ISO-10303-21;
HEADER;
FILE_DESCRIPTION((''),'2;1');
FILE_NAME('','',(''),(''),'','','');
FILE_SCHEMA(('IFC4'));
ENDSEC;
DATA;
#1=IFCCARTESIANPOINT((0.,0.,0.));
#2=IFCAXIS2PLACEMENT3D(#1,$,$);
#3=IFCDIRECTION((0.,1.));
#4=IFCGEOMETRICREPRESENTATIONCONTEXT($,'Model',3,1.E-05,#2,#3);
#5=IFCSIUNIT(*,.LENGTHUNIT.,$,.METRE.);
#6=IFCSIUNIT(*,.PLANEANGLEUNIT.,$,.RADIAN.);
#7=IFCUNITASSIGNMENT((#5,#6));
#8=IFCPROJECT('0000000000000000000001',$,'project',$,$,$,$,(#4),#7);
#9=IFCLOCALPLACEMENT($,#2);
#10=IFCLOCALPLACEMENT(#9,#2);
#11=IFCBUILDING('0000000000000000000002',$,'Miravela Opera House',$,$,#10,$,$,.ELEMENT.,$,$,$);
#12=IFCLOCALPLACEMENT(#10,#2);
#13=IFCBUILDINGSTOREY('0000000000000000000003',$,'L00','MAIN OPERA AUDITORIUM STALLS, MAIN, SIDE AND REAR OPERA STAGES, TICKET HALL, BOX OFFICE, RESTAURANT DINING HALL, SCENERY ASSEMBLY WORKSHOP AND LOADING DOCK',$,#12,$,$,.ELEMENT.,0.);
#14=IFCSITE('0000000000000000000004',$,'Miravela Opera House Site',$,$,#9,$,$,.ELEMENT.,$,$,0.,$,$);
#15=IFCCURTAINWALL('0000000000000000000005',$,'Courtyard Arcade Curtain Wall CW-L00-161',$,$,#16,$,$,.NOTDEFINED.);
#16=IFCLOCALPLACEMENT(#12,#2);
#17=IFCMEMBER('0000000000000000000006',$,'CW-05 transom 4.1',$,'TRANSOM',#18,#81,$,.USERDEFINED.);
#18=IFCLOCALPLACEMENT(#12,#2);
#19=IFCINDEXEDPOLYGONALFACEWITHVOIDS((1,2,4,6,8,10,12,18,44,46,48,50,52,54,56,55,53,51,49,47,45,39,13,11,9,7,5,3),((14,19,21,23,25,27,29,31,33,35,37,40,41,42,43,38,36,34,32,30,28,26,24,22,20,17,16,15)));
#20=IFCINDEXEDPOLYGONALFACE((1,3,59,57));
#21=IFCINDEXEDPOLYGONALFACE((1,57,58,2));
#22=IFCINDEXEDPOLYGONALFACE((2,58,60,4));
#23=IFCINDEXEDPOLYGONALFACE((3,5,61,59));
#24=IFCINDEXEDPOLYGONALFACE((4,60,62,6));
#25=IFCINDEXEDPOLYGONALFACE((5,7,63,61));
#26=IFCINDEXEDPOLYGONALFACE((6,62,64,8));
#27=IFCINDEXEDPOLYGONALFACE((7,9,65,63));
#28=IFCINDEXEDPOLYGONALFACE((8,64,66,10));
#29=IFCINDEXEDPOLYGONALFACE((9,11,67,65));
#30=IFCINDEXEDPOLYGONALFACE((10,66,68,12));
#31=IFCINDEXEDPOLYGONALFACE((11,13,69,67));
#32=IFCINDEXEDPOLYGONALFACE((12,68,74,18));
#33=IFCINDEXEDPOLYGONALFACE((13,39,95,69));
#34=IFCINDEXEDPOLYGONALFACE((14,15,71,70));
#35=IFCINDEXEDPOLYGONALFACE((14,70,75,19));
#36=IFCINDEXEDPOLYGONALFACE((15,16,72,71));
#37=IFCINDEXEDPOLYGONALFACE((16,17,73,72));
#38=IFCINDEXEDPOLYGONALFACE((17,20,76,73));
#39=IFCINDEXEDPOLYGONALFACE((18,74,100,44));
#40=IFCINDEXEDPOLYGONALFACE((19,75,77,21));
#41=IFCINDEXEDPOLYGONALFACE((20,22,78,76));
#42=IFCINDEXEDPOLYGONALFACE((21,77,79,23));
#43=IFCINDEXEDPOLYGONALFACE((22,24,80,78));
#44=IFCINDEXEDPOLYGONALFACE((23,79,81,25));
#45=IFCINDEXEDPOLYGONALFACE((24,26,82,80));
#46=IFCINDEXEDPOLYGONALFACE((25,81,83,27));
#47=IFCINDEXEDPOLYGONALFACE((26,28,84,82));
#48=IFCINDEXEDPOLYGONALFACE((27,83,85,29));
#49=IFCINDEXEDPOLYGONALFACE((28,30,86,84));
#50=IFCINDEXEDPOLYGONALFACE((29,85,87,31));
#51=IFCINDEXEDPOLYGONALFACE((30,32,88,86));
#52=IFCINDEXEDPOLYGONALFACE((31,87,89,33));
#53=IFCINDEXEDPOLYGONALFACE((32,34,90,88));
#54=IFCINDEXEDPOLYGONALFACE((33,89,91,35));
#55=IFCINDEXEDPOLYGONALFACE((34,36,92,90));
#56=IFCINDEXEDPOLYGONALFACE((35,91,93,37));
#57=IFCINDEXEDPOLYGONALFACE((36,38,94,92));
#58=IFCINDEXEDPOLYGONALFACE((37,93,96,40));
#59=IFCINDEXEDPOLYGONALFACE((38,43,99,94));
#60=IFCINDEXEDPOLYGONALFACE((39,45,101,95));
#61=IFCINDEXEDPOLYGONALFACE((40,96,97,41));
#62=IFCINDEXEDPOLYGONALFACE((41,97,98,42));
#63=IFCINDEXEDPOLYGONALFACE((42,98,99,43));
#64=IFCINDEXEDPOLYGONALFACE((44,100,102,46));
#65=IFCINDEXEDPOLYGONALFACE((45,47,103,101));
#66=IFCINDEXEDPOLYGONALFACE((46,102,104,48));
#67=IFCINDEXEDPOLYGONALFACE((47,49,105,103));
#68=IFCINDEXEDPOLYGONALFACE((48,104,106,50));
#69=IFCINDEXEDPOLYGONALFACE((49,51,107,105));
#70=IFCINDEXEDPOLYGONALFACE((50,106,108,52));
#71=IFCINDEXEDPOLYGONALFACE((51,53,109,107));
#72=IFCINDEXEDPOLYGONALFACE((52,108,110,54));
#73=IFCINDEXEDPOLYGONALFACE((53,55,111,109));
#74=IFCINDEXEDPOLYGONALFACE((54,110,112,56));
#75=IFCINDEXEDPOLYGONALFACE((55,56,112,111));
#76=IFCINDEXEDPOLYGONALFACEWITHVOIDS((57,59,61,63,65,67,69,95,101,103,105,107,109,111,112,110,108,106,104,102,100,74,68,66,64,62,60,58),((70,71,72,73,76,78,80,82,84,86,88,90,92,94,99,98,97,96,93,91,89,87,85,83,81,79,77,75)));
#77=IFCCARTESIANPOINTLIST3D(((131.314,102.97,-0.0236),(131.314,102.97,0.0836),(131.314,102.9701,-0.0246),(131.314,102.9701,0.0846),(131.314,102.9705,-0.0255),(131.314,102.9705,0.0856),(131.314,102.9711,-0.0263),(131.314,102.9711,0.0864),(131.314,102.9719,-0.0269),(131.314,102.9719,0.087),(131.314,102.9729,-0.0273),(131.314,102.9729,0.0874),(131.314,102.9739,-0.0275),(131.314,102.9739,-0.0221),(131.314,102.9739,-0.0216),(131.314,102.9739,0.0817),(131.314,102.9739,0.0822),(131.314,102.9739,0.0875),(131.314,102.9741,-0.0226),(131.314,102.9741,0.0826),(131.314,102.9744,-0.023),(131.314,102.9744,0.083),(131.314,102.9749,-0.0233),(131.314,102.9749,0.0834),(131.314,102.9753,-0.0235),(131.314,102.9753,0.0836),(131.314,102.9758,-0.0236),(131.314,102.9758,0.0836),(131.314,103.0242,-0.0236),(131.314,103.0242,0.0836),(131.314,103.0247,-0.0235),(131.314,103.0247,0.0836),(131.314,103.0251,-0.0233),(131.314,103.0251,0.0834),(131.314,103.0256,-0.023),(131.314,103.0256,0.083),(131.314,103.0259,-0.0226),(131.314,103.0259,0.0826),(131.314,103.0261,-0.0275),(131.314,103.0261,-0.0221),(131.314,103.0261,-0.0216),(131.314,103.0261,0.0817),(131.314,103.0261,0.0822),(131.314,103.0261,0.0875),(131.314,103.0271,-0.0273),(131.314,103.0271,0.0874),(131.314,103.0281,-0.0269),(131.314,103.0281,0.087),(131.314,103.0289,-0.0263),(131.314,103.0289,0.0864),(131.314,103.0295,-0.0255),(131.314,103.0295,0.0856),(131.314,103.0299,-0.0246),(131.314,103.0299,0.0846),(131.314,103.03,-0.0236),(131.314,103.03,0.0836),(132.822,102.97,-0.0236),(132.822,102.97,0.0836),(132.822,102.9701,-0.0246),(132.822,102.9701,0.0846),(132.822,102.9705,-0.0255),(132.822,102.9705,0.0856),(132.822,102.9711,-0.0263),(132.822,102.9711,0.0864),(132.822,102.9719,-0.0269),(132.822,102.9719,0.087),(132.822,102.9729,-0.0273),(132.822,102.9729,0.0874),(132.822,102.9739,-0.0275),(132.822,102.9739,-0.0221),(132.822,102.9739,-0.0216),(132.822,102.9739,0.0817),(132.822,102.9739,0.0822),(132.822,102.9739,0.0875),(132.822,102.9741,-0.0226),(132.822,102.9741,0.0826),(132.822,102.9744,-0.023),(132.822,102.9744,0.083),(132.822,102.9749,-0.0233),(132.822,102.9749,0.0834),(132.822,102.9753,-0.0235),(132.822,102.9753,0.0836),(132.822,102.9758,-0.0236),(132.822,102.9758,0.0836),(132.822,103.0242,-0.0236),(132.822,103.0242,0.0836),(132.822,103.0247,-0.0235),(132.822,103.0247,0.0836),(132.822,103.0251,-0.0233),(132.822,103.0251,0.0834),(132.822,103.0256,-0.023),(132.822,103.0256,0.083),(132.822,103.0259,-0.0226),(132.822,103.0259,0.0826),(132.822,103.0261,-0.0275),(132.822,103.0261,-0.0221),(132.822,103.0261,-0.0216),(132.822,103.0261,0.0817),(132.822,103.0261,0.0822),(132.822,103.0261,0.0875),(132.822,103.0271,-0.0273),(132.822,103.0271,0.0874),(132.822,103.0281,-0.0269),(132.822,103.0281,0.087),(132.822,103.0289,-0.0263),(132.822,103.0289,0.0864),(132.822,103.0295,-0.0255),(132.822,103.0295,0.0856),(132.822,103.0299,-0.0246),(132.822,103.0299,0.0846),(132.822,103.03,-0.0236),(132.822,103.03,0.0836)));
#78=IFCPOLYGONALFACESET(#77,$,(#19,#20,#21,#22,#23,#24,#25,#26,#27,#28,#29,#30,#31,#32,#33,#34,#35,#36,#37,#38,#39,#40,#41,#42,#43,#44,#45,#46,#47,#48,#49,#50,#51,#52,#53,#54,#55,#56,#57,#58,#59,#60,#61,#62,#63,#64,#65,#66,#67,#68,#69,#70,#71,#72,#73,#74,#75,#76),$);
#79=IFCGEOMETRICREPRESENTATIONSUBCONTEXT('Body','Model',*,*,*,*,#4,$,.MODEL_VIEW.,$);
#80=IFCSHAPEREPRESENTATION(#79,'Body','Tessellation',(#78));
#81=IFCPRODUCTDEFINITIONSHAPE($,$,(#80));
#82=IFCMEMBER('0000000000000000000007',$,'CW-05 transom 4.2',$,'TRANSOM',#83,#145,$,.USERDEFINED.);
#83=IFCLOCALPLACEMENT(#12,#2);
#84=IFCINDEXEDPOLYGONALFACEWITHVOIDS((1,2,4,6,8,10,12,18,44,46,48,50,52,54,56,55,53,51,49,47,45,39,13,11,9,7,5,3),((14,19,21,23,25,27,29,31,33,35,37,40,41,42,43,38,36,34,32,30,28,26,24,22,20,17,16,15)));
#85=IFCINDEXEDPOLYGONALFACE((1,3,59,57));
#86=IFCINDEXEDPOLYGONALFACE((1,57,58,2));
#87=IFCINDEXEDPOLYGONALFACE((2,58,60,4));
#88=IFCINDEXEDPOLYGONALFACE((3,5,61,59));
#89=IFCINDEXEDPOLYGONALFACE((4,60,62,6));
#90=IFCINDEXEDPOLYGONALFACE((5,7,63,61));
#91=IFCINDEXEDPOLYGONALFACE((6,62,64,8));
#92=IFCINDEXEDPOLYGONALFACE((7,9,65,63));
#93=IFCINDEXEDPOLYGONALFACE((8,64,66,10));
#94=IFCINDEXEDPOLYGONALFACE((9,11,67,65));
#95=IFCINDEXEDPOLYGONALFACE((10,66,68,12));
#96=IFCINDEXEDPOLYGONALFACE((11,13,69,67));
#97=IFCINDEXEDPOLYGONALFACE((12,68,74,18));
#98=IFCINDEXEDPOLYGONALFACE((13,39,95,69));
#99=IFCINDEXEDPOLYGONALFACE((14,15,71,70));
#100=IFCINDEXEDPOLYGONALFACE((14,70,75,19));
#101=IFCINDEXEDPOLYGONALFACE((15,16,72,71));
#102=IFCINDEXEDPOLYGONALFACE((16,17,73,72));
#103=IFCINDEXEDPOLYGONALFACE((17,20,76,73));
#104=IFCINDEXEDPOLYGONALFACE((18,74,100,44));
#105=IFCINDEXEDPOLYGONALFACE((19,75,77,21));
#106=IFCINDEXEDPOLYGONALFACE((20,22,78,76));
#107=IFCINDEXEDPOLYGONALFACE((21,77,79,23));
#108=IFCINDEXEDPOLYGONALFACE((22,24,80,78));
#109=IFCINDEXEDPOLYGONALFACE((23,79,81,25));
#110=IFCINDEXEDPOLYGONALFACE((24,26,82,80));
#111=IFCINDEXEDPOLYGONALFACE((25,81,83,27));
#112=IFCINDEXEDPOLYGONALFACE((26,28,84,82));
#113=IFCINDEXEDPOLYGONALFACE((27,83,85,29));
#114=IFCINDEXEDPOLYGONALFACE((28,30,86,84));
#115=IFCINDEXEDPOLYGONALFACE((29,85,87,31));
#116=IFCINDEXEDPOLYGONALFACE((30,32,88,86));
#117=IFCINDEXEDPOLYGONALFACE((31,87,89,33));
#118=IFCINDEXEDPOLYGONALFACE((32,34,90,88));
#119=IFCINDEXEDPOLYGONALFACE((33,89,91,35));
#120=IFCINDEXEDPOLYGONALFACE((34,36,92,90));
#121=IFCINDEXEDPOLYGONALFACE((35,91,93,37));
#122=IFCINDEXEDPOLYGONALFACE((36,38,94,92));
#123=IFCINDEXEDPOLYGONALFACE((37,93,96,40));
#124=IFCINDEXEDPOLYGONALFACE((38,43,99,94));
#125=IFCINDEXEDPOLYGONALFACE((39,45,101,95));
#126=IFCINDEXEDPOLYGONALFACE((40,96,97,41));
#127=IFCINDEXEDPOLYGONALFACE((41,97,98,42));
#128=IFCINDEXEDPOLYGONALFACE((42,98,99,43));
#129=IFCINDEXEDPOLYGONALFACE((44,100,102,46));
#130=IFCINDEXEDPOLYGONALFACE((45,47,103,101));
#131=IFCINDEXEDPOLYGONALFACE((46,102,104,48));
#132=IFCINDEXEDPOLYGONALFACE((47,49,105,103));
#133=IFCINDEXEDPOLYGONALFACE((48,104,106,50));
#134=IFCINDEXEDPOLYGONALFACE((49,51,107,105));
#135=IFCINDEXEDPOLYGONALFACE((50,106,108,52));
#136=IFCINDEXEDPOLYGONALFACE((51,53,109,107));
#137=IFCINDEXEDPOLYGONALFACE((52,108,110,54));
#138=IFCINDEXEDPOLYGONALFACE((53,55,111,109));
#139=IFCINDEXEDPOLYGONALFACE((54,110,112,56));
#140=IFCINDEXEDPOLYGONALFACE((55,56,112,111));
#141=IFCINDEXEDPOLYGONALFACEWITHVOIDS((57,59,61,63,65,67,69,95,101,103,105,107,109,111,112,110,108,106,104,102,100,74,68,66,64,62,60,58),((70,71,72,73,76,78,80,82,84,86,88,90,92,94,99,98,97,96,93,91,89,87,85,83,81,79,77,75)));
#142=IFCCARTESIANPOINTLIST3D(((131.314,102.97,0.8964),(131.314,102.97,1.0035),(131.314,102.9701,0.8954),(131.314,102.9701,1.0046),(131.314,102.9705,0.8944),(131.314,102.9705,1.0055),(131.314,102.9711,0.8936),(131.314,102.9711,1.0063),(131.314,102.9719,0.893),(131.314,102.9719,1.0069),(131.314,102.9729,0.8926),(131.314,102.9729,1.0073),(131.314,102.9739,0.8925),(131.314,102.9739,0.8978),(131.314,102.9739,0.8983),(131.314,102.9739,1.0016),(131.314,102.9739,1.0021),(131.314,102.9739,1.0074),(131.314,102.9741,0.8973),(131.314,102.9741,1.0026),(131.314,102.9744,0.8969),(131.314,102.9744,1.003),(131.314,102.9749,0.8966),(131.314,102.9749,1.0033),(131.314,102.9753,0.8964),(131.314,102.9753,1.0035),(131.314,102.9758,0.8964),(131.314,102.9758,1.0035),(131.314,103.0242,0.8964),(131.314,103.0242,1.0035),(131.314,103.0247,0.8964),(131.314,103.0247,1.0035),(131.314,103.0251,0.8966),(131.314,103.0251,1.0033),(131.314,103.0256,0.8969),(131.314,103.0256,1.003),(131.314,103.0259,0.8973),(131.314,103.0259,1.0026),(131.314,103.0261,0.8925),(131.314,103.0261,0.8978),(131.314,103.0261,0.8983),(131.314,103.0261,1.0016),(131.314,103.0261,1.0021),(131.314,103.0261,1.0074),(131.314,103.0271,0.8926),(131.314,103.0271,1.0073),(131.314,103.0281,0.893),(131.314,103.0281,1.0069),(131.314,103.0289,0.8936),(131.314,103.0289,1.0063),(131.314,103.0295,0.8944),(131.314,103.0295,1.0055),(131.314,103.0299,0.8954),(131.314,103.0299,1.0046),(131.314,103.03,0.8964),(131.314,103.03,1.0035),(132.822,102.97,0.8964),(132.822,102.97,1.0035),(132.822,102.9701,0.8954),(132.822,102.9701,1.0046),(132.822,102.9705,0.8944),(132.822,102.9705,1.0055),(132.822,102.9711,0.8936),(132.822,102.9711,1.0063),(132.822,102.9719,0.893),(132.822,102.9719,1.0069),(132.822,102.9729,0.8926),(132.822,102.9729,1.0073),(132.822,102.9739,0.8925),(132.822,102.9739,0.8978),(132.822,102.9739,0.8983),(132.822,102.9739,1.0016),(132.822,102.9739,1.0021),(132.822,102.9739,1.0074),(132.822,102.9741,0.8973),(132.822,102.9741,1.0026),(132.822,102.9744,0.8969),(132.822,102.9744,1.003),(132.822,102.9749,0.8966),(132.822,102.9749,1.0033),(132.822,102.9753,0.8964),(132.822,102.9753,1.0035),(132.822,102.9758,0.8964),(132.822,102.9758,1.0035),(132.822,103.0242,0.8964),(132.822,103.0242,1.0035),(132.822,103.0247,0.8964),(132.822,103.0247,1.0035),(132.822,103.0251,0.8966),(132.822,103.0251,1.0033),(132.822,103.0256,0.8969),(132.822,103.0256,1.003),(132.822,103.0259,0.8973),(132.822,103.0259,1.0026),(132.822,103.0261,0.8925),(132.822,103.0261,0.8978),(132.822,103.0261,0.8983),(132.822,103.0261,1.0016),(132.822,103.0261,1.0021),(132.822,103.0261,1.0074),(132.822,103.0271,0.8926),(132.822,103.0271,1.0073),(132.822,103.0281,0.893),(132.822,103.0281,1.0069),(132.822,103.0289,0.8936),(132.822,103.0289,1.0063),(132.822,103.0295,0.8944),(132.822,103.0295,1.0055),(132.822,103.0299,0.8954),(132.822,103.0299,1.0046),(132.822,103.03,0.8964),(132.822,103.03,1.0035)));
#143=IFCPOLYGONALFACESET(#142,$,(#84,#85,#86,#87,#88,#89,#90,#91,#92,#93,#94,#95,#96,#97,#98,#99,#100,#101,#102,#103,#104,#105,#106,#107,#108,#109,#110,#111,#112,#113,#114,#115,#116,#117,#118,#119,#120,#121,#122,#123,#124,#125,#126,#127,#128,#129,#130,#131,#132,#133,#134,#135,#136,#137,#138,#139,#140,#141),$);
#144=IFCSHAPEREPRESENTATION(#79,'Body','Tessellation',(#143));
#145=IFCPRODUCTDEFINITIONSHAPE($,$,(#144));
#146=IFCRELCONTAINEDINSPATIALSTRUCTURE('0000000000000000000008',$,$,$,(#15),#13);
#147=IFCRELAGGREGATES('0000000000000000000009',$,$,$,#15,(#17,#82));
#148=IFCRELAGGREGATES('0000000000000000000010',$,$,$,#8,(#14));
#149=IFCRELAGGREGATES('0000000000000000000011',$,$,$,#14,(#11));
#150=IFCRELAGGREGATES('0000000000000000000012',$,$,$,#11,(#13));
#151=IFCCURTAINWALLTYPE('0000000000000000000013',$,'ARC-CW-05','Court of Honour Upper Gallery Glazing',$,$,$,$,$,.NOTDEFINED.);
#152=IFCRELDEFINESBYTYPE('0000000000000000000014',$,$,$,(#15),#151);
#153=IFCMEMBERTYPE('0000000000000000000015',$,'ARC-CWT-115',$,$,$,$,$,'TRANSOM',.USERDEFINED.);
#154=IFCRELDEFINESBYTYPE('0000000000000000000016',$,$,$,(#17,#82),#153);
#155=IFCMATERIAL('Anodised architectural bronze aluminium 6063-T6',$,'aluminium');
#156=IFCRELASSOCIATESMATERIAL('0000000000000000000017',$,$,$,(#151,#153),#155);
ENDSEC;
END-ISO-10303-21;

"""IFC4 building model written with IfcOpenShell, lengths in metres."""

from ifc_helpers import new_model, si_unit, direction, frame, origin, origin_2d, place, context, subcontext, project, spatial, hollow_rectangle, extrude, material, material_profile, profile_set, type_object, element, aggregate, save


model = new_model("IFC4")

# Units and contexts
model_context = context("Model", 3, precision=1e-05, world=origin(), true_north=direction((0.0, 1.0)))
body_context = subcontext(model_context, "Body", "Model", "MODEL_VIEW")
ifc_project = project(units=[si_unit("LENGTHUNIT", "METRE"), si_unit("PLANEANGLEUNIT", "RADIAN")], contexts=[model_context])

# Site, building, storey
site_placement = place(None, origin())
site = spatial("IfcSite", under=ifc_project, at=site_placement, Name="Miravela Opera House Site", CompositionType="ELEMENT", RefElevation=0.0)
building_placement = place(site_placement, origin())
building = spatial("IfcBuilding", under=site, at=building_placement, Name="Miravela Opera House", CompositionType="ELEMENT")
storey_placement = place(building_placement, origin())
storey = spatial("IfcBuildingStorey", under=building, at=storey_placement, Name="L00", Description="MAIN OPERA AUDITORIUM STALLS, MAIN, SIDE AND REAR OPERA STAGES, TICKET HALL, BOX OFFICE, RESTAURANT DINING HALL, SCENERY ASSEMBLY WORKSHOP AND LOADING DOCK", CompositionType="ELEMENT", Elevation=0.0)

# Curtain wall, members
ifc_material_1 = material(Name="Anodised architectural bronze aluminium 6063-T6", Category="aluminium")
curtain_wall_type = type_object("IfcCurtainWallType", Name="ARC-CW-05", Description="Court of Honour Upper Gallery Glazing", PredefinedType="NOTDEFINED", material=ifc_material_1)
curtain_wall_placement = place(storey_placement, origin())
curtain_wall = element("IfcCurtainWall", 1, at=curtain_wall_placement, inside=storey, type_object=curtain_wall_type, Name="Courtyard Arcade Curtain Wall CW-L00-161", PredefinedType="NOTDEFINED")
ifc_material_profile_1 = material_profile(ifc_material_1, hollow_rectangle(XDim=0.0601, YDim=0.115, WallThickness=0.0039, InnerFilletRadius=0.002, OuterFilletRadius=0.0039, at=origin_2d()), Name="CWT-60X115")
ifc_profile_set_1 = profile_set([ifc_material_profile_1])
member_type_1 = type_object("IfcMemberType", Name="ARC-CWT-115", ElementType="TRANSOM", PredefinedType="USERDEFINED", material=ifc_profile_set_1)
member_1_placement = place(storey_placement, frame((131.314, 103.0, 0.03), z_axis=(1.0, 0.0, 0.0), x_axis=(0.0, 1.0, 0.0)))
member_1 = element("IfcMember", 2, at=member_1_placement, type_object=member_type_1, Name="CW-05 transom 4.1", ObjectType="TRANSOM", PredefinedType="USERDEFINED", context=body_context, shape_type="SweptSolid", body=[
    extrude(hollow_rectangle(XDim=0.0601, YDim=0.115, WallThickness=0.0039, InnerFilletRadius=0.002, OuterFilletRadius=0.0039, at=origin_2d()), origin(), (0.0, 0.0, 1.0), 1.5081),
])
member_2_placement = place(storey_placement, frame((131.314, 103.0, 0.95), z_axis=(1.0, 0.0, 0.0), x_axis=(0.0, 1.0, 0.0)))
member_2 = element("IfcMember", 3, at=member_2_placement, type_object=member_type_1, Name="CW-05 transom 4.2", ObjectType="TRANSOM", PredefinedType="USERDEFINED", context=body_context, shape_type="SweptSolid", body=[
    extrude(hollow_rectangle(XDim=0.0601, YDim=0.115, WallThickness=0.0039, InnerFilletRadius=0.002, OuterFilletRadius=0.0039, at=origin_2d()), origin(), (0.0, 0.0, 1.0), 1.5081),
])

aggregate(curtain_wall, [member_1, member_2])

save(model, "model.ifc")
